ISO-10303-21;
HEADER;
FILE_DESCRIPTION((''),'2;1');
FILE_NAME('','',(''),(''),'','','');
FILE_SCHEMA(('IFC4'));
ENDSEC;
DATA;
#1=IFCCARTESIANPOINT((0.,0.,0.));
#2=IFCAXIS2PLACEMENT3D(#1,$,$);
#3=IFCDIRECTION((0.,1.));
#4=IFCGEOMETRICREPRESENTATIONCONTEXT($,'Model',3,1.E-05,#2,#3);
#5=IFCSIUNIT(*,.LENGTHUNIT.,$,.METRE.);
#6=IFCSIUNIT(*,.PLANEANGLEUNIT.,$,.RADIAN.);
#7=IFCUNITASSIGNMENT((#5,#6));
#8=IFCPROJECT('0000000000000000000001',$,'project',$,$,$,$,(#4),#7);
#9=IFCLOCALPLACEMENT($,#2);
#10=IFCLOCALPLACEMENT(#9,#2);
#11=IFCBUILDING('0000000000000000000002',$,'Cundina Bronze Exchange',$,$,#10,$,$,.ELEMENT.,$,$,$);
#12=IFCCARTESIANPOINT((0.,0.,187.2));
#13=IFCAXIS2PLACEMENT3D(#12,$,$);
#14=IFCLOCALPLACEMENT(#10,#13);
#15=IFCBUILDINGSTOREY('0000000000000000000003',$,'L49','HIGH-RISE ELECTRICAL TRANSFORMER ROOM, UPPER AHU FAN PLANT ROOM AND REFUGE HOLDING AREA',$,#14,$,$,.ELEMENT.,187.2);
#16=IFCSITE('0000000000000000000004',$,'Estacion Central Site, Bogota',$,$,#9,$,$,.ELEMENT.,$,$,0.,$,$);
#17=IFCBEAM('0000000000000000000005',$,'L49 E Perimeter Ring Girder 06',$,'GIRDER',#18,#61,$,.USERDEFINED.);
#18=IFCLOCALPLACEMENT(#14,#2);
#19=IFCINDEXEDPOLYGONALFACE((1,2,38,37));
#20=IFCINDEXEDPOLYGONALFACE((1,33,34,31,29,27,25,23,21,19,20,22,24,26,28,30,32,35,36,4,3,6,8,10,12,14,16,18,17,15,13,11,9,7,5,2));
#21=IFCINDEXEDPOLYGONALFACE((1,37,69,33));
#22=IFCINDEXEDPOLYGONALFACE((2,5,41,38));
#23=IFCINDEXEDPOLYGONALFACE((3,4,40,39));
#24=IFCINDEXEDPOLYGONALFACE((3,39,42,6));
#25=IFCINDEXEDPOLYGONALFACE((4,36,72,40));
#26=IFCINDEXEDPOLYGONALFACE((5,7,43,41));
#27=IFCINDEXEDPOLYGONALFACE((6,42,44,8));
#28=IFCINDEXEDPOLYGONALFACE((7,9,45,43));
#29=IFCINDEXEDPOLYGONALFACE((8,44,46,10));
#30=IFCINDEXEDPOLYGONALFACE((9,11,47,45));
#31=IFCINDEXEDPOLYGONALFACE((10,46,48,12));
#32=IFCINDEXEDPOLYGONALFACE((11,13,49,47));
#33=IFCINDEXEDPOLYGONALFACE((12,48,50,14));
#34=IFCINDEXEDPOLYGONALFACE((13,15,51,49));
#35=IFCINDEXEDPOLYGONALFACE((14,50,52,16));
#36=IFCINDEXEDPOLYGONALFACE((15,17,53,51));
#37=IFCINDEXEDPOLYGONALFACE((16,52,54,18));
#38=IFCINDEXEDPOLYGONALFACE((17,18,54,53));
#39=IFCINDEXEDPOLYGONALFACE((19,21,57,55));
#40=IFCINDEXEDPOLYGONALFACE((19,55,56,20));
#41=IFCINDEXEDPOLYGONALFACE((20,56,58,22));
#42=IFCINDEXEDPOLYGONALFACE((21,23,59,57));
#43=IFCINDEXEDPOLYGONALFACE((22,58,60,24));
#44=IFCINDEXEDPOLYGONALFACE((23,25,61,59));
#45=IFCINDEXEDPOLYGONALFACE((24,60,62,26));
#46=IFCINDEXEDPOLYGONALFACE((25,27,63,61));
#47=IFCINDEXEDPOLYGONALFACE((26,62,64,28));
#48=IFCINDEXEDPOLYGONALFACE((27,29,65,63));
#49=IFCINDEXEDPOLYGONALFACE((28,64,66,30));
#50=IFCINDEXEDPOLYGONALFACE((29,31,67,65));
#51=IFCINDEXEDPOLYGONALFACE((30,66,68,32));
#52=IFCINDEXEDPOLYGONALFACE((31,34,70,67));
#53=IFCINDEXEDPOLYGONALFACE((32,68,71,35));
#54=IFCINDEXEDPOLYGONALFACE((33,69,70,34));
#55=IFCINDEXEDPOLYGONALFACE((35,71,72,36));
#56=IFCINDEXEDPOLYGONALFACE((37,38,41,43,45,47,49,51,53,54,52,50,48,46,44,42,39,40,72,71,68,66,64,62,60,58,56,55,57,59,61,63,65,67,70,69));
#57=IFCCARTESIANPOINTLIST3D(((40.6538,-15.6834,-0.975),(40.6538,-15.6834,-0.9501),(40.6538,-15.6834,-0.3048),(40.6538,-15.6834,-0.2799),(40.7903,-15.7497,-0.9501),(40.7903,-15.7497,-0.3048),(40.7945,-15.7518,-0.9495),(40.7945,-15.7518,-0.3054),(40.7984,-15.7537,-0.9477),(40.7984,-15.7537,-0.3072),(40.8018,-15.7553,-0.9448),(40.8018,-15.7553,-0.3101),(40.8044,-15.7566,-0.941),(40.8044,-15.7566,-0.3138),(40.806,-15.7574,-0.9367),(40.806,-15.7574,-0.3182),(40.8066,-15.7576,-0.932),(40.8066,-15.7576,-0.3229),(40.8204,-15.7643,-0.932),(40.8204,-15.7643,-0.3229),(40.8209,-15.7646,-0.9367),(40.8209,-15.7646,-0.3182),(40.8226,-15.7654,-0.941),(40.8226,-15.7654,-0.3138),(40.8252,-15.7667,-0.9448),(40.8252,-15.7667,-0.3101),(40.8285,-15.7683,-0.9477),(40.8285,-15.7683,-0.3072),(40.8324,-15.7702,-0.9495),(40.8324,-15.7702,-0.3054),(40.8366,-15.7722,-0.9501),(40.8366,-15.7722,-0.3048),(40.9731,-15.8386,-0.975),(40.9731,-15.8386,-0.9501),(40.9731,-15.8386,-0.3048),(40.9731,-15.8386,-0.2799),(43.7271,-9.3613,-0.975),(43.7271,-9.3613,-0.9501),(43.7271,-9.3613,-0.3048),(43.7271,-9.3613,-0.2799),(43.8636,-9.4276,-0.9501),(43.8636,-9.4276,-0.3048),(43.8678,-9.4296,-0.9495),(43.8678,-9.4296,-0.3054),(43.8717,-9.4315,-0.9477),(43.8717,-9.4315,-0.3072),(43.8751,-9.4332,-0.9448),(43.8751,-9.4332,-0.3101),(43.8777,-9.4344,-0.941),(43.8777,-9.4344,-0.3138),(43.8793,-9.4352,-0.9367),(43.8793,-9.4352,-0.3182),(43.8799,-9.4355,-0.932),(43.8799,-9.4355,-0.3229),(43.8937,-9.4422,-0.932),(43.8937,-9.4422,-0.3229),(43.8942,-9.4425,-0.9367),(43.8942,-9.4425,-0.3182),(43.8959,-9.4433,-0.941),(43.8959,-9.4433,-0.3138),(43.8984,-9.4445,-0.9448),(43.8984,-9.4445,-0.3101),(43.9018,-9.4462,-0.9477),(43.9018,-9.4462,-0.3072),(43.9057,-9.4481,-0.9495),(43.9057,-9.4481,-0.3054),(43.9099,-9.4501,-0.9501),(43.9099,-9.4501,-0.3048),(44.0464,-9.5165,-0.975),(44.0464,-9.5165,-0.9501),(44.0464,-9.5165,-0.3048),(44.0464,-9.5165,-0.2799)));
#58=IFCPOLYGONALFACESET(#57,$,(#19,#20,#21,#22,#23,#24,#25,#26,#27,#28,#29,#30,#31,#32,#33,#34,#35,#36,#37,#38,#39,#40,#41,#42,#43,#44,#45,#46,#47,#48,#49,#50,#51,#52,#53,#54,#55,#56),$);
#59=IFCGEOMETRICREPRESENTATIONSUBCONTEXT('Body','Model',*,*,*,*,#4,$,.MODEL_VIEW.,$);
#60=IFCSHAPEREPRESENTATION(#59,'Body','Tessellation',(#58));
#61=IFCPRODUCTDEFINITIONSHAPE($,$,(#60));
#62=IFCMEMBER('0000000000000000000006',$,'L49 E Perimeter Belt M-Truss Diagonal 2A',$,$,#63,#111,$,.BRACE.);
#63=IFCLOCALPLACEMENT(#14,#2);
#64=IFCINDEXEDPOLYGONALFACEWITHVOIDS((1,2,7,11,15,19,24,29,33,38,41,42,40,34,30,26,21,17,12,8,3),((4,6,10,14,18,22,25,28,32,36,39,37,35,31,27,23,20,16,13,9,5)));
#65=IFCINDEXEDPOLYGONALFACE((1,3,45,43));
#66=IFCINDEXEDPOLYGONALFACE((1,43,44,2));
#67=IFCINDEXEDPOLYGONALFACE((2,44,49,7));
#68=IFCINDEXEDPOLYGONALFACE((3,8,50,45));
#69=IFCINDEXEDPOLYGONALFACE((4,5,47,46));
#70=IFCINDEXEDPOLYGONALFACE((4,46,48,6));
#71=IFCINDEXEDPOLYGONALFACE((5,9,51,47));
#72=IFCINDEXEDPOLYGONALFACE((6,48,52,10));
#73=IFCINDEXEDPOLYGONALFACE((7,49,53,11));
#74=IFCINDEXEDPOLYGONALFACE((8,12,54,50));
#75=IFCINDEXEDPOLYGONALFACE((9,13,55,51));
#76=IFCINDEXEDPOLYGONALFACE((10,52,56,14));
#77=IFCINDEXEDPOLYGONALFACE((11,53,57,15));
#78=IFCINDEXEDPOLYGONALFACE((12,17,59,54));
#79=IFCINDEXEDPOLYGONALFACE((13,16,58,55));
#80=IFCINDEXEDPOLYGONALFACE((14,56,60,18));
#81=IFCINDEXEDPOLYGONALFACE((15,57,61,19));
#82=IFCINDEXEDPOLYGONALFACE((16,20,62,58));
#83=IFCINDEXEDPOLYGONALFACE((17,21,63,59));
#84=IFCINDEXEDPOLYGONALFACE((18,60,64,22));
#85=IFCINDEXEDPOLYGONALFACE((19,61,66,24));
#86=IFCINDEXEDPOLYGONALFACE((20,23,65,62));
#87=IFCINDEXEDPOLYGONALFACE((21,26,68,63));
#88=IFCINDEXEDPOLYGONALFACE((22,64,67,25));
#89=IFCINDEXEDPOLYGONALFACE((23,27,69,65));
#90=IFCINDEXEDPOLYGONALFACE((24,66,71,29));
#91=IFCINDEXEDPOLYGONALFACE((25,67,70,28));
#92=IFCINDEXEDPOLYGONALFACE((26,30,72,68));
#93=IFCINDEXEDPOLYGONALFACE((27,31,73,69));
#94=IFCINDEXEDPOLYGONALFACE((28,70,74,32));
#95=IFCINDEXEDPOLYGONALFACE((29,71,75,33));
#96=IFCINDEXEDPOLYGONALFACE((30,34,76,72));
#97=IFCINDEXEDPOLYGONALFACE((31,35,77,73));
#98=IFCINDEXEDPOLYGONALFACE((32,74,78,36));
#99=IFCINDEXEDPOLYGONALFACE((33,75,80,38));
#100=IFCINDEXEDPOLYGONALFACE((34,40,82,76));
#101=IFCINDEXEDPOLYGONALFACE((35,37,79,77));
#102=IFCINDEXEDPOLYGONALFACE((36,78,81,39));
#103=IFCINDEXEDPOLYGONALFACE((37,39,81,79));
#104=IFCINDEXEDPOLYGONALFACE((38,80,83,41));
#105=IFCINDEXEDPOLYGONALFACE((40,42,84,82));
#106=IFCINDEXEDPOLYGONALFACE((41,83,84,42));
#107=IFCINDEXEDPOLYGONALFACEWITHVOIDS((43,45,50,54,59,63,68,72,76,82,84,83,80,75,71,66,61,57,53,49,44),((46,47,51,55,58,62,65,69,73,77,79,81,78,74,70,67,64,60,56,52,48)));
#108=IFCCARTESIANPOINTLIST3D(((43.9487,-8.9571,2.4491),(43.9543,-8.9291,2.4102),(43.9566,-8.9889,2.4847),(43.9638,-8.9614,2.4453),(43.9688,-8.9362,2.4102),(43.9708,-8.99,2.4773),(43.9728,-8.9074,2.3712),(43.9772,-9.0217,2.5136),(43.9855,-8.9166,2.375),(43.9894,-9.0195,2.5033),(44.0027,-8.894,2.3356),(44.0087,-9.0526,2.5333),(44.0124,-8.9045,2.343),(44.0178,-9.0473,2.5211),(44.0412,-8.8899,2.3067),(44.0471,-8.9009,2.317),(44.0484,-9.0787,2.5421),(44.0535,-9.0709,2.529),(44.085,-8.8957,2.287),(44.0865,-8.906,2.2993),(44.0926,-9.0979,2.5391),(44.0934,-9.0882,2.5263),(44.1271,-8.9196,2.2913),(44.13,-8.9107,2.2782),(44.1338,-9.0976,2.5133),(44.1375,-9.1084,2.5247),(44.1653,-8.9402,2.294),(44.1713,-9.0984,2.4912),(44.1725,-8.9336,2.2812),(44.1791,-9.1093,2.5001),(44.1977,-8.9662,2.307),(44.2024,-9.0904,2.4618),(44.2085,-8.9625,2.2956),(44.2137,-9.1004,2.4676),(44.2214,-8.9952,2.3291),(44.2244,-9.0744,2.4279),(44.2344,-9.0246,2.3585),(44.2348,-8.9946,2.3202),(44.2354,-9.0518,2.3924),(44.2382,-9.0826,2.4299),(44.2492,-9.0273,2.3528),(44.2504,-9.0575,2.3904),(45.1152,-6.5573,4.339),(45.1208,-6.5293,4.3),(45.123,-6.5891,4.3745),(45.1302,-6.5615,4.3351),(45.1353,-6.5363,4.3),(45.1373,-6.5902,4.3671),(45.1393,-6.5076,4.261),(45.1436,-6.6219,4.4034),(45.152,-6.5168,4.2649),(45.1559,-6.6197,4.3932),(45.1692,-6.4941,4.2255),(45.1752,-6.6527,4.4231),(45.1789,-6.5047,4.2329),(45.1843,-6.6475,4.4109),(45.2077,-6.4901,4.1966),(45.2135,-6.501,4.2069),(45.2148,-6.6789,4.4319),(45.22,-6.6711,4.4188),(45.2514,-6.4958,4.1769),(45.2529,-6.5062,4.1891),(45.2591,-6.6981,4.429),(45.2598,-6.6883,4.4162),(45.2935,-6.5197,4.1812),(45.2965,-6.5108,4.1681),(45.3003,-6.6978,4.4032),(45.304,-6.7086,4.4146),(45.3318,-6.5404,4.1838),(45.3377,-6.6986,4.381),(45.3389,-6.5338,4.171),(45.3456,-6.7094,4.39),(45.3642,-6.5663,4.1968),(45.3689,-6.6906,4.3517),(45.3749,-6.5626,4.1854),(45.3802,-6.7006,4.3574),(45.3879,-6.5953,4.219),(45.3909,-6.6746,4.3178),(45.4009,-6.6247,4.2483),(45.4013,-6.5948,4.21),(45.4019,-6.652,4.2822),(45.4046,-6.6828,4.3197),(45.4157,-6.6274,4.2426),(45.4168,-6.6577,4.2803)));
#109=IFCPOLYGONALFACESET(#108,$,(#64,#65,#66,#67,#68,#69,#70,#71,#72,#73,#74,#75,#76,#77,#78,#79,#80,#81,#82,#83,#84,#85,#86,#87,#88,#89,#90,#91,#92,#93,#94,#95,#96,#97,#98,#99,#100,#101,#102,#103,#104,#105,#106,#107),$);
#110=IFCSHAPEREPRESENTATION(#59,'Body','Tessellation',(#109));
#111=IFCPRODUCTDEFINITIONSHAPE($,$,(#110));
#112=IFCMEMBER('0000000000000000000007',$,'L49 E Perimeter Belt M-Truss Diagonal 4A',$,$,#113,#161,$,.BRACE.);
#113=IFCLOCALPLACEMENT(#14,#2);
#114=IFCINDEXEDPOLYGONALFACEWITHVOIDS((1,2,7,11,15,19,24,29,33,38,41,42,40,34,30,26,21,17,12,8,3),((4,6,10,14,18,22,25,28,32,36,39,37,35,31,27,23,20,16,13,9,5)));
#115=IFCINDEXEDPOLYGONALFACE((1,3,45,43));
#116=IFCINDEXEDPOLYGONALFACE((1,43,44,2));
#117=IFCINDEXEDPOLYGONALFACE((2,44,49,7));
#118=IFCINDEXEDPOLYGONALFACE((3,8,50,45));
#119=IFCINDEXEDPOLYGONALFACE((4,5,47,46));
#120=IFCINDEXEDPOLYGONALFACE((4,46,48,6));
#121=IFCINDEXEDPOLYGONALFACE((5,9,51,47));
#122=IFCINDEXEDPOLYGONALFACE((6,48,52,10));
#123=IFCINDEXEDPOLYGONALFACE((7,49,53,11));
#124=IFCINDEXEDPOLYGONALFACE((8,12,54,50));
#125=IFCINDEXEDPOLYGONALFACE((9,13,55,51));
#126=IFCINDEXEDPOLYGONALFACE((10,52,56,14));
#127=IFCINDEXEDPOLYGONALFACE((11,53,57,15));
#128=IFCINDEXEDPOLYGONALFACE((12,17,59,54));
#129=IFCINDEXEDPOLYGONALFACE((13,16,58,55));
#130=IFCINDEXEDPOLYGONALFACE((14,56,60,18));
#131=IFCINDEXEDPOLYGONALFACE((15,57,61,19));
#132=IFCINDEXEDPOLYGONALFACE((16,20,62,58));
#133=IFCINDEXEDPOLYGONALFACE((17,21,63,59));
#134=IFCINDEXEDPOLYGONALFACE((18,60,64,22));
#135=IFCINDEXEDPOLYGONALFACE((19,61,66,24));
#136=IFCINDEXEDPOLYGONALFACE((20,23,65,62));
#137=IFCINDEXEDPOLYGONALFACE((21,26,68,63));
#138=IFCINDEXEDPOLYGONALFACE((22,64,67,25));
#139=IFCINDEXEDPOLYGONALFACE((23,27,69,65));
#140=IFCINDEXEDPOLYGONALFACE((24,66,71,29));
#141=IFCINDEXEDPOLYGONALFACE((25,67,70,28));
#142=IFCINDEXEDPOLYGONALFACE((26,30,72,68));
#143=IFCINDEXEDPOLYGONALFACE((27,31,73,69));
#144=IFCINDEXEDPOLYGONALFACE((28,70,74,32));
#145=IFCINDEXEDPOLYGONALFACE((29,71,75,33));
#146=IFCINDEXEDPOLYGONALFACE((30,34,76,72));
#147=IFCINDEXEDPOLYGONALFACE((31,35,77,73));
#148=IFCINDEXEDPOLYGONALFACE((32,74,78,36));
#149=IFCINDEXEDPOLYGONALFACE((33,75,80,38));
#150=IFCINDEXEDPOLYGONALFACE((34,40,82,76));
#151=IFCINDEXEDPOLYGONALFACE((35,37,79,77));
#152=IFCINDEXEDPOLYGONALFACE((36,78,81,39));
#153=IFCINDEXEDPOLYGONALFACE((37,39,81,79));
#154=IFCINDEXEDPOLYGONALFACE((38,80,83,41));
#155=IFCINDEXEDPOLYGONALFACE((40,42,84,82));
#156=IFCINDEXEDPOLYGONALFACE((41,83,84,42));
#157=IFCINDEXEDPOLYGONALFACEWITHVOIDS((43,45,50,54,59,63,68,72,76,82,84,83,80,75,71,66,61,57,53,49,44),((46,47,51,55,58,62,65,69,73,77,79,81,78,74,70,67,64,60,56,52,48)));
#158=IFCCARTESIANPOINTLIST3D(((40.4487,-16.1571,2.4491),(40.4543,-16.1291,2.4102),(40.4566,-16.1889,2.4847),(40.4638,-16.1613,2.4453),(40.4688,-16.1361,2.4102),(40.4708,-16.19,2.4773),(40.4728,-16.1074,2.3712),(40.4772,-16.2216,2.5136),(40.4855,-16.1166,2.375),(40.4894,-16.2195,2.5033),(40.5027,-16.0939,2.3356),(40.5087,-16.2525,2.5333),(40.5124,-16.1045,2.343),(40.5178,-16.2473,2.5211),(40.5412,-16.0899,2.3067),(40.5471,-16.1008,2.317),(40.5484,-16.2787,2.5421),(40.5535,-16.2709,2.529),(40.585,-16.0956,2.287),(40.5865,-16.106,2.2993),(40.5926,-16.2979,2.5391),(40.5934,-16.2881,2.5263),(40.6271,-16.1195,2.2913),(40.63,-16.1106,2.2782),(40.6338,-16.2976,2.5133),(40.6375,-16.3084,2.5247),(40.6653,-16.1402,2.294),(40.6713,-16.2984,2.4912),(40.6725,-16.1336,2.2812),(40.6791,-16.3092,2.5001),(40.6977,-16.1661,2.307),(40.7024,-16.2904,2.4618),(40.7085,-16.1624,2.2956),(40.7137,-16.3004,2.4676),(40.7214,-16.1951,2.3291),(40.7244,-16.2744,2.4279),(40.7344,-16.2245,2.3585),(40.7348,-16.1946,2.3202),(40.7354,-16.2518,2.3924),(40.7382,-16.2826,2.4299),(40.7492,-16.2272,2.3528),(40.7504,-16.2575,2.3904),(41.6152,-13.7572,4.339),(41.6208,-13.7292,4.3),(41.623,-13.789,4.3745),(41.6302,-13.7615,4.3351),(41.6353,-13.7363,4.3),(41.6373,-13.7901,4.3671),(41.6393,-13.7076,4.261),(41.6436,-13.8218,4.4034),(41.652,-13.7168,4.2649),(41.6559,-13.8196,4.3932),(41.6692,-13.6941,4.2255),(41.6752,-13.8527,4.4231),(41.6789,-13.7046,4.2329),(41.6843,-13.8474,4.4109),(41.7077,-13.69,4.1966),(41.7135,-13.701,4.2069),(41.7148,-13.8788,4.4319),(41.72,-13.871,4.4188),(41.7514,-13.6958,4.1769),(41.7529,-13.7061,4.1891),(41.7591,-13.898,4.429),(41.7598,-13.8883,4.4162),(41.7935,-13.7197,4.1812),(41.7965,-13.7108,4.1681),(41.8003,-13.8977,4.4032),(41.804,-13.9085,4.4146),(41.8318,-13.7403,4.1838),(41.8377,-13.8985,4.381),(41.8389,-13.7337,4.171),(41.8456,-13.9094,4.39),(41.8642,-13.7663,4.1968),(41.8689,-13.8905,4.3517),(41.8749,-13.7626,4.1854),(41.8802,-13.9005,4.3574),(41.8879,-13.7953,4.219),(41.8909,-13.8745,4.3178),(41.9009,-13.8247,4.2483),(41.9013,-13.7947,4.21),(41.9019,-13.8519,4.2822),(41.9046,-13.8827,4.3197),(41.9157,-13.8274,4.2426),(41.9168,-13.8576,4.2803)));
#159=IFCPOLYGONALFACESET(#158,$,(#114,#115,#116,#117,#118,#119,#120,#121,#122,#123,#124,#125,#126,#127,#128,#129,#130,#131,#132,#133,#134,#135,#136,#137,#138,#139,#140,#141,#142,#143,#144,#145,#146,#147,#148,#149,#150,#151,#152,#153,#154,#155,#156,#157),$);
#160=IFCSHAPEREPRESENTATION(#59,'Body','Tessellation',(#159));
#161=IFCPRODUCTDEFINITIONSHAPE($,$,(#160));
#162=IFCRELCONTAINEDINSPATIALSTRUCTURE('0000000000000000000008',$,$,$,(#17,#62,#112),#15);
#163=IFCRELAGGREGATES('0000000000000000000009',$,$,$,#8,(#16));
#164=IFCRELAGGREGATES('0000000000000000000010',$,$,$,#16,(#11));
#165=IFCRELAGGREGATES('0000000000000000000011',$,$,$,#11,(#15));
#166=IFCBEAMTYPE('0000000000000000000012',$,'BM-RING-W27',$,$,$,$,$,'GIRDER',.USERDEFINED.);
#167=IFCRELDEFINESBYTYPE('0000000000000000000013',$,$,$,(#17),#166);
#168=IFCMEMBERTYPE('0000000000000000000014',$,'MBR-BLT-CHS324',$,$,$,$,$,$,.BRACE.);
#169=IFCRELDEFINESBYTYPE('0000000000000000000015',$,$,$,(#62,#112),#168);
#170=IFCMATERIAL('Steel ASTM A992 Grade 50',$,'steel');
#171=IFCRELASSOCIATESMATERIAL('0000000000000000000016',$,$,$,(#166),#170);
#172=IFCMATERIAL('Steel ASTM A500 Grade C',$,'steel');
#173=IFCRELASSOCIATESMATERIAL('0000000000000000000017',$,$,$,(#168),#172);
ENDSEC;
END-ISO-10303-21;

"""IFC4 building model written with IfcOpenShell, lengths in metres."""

from ifc_helpers import new_model, si_unit, direction, frame, origin, origin_2d, place, context, subcontext, project, spatial, hollow_circle, i_section, extrude, material, material_profile, profile_set, type_object, element, save


model = new_model("IFC4")

# Units and contexts
model_context = context("Model", 3, precision=1e-05, world=origin(), true_north=direction((0.0, 1.0)))
body_context = subcontext(model_context, "Body", "Model", "MODEL_VIEW")
ifc_project = project(units=[si_unit("LENGTHUNIT", "METRE"), si_unit("PLANEANGLEUNIT", "RADIAN")], contexts=[model_context])

# Site, building, storey
site_placement = place(None, origin())
site = spatial("IfcSite", under=ifc_project, at=site_placement, Name="Estacion Central Site, Bogota", CompositionType="ELEMENT", RefElevation=0.0)
building_placement = place(site_placement, origin())
building = spatial("IfcBuilding", under=site, at=building_placement, Name="Cundina Bronze Exchange", CompositionType="ELEMENT")
storey_placement = place(building_placement, frame((0.0, 0.0, 187.2)))
storey = spatial("IfcBuildingStorey", under=building, at=storey_placement, Name="L49", Description="HIGH-RISE ELECTRICAL TRANSFORMER ROOM, UPPER AHU FAN PLANT ROOM AND REFUGE HOLDING AREA", CompositionType="ELEMENT", Elevation=187.2)

# Beam
ifc_material_1 = material(Name="Steel ASTM A992 Grade 50", Category="steel")
ifc_material_profile_1 = material_profile(ifc_material_1, i_section(OverallWidth=0.355, OverallDepth=0.6951, WebThickness=0.0154, FlangeThickness=0.0249, FilletRadius=0.0181, at=origin_2d()), Name="W27X146", Category="steel")
ifc_profile_set_1 = profile_set([ifc_material_profile_1], Name="Steel ASTM A992 Grade 50")
beam_type_1 = type_object("IfcBeamType", Name="BM-RING-W27", ElementType="GIRDER", PredefinedType="USERDEFINED", material=ifc_profile_set_1)
beam_1_placement = place(storey_placement, frame((40.8135, -15.761, -0.6274), z_axis=(0.437197, 0.899366, 0.0), x_axis=(-0.899366, 0.437197, 0.0)))
element("IfcBeam", 1, at=beam_1_placement, inside=storey, type_object=beam_type_1, Name="L49 E Perimeter Ring Girder 06", ObjectType="GIRDER", PredefinedType="USERDEFINED", context=body_context, shape_type="SweptSolid", body=[
    extrude(i_section(OverallWidth=0.355, OverallDepth=0.6951, WebThickness=0.0154, FlangeThickness=0.0249, FilletRadius=0.0181, at=origin_2d()), origin(), (0.0, 0.0, 1.0), 7.0295),
])

# Members
ifc_material_2 = material(Name="Steel ASTM A500 Grade C", Category="steel")
ifc_material_profile_2 = material_profile(ifc_material_2, hollow_circle(Radius=0.1621, WallThickness=0.0161, at=origin_2d()), Name="CHS324X16", Category="steel")
ifc_profile_set_2 = profile_set([ifc_material_profile_2], Name="Steel ASTM A500 Grade C")
member_type_1 = type_object("IfcMemberType", Name="MBR-BLT-CHS324", PredefinedType="BRACE", material=ifc_profile_set_2)
for number, where, z_axis, x_axis, name in (
    (2, (44.1001, -9.0, 2.4102), (0.356745, 0.733947, 0.577974), (-0.899385, 0.437158, 0.0), "L49 E Perimeter Belt M-Truss Diagonal 2A"),
    (3, (40.6001, -16.2, 2.4102), (0.356745, 0.733947, 0.577974), (-0.899385, 0.437158, 0.0), "L49 E Perimeter Belt M-Truss Diagonal 4A"),
):
    element("IfcMember", number, at=place(storey_placement, frame(where, z_axis=z_axis, x_axis=x_axis)), inside=storey, type_object=member_type_1, Name=name, PredefinedType="BRACE", context=body_context, shape_type="SweptSolid", body=[
        extrude(hollow_circle(Radius=0.1621, WallThickness=0.0161, at=origin_2d()), origin(), (0.0, 0.0, 1.0), 3.2698),
    ])

save(model, "model.ifc")
